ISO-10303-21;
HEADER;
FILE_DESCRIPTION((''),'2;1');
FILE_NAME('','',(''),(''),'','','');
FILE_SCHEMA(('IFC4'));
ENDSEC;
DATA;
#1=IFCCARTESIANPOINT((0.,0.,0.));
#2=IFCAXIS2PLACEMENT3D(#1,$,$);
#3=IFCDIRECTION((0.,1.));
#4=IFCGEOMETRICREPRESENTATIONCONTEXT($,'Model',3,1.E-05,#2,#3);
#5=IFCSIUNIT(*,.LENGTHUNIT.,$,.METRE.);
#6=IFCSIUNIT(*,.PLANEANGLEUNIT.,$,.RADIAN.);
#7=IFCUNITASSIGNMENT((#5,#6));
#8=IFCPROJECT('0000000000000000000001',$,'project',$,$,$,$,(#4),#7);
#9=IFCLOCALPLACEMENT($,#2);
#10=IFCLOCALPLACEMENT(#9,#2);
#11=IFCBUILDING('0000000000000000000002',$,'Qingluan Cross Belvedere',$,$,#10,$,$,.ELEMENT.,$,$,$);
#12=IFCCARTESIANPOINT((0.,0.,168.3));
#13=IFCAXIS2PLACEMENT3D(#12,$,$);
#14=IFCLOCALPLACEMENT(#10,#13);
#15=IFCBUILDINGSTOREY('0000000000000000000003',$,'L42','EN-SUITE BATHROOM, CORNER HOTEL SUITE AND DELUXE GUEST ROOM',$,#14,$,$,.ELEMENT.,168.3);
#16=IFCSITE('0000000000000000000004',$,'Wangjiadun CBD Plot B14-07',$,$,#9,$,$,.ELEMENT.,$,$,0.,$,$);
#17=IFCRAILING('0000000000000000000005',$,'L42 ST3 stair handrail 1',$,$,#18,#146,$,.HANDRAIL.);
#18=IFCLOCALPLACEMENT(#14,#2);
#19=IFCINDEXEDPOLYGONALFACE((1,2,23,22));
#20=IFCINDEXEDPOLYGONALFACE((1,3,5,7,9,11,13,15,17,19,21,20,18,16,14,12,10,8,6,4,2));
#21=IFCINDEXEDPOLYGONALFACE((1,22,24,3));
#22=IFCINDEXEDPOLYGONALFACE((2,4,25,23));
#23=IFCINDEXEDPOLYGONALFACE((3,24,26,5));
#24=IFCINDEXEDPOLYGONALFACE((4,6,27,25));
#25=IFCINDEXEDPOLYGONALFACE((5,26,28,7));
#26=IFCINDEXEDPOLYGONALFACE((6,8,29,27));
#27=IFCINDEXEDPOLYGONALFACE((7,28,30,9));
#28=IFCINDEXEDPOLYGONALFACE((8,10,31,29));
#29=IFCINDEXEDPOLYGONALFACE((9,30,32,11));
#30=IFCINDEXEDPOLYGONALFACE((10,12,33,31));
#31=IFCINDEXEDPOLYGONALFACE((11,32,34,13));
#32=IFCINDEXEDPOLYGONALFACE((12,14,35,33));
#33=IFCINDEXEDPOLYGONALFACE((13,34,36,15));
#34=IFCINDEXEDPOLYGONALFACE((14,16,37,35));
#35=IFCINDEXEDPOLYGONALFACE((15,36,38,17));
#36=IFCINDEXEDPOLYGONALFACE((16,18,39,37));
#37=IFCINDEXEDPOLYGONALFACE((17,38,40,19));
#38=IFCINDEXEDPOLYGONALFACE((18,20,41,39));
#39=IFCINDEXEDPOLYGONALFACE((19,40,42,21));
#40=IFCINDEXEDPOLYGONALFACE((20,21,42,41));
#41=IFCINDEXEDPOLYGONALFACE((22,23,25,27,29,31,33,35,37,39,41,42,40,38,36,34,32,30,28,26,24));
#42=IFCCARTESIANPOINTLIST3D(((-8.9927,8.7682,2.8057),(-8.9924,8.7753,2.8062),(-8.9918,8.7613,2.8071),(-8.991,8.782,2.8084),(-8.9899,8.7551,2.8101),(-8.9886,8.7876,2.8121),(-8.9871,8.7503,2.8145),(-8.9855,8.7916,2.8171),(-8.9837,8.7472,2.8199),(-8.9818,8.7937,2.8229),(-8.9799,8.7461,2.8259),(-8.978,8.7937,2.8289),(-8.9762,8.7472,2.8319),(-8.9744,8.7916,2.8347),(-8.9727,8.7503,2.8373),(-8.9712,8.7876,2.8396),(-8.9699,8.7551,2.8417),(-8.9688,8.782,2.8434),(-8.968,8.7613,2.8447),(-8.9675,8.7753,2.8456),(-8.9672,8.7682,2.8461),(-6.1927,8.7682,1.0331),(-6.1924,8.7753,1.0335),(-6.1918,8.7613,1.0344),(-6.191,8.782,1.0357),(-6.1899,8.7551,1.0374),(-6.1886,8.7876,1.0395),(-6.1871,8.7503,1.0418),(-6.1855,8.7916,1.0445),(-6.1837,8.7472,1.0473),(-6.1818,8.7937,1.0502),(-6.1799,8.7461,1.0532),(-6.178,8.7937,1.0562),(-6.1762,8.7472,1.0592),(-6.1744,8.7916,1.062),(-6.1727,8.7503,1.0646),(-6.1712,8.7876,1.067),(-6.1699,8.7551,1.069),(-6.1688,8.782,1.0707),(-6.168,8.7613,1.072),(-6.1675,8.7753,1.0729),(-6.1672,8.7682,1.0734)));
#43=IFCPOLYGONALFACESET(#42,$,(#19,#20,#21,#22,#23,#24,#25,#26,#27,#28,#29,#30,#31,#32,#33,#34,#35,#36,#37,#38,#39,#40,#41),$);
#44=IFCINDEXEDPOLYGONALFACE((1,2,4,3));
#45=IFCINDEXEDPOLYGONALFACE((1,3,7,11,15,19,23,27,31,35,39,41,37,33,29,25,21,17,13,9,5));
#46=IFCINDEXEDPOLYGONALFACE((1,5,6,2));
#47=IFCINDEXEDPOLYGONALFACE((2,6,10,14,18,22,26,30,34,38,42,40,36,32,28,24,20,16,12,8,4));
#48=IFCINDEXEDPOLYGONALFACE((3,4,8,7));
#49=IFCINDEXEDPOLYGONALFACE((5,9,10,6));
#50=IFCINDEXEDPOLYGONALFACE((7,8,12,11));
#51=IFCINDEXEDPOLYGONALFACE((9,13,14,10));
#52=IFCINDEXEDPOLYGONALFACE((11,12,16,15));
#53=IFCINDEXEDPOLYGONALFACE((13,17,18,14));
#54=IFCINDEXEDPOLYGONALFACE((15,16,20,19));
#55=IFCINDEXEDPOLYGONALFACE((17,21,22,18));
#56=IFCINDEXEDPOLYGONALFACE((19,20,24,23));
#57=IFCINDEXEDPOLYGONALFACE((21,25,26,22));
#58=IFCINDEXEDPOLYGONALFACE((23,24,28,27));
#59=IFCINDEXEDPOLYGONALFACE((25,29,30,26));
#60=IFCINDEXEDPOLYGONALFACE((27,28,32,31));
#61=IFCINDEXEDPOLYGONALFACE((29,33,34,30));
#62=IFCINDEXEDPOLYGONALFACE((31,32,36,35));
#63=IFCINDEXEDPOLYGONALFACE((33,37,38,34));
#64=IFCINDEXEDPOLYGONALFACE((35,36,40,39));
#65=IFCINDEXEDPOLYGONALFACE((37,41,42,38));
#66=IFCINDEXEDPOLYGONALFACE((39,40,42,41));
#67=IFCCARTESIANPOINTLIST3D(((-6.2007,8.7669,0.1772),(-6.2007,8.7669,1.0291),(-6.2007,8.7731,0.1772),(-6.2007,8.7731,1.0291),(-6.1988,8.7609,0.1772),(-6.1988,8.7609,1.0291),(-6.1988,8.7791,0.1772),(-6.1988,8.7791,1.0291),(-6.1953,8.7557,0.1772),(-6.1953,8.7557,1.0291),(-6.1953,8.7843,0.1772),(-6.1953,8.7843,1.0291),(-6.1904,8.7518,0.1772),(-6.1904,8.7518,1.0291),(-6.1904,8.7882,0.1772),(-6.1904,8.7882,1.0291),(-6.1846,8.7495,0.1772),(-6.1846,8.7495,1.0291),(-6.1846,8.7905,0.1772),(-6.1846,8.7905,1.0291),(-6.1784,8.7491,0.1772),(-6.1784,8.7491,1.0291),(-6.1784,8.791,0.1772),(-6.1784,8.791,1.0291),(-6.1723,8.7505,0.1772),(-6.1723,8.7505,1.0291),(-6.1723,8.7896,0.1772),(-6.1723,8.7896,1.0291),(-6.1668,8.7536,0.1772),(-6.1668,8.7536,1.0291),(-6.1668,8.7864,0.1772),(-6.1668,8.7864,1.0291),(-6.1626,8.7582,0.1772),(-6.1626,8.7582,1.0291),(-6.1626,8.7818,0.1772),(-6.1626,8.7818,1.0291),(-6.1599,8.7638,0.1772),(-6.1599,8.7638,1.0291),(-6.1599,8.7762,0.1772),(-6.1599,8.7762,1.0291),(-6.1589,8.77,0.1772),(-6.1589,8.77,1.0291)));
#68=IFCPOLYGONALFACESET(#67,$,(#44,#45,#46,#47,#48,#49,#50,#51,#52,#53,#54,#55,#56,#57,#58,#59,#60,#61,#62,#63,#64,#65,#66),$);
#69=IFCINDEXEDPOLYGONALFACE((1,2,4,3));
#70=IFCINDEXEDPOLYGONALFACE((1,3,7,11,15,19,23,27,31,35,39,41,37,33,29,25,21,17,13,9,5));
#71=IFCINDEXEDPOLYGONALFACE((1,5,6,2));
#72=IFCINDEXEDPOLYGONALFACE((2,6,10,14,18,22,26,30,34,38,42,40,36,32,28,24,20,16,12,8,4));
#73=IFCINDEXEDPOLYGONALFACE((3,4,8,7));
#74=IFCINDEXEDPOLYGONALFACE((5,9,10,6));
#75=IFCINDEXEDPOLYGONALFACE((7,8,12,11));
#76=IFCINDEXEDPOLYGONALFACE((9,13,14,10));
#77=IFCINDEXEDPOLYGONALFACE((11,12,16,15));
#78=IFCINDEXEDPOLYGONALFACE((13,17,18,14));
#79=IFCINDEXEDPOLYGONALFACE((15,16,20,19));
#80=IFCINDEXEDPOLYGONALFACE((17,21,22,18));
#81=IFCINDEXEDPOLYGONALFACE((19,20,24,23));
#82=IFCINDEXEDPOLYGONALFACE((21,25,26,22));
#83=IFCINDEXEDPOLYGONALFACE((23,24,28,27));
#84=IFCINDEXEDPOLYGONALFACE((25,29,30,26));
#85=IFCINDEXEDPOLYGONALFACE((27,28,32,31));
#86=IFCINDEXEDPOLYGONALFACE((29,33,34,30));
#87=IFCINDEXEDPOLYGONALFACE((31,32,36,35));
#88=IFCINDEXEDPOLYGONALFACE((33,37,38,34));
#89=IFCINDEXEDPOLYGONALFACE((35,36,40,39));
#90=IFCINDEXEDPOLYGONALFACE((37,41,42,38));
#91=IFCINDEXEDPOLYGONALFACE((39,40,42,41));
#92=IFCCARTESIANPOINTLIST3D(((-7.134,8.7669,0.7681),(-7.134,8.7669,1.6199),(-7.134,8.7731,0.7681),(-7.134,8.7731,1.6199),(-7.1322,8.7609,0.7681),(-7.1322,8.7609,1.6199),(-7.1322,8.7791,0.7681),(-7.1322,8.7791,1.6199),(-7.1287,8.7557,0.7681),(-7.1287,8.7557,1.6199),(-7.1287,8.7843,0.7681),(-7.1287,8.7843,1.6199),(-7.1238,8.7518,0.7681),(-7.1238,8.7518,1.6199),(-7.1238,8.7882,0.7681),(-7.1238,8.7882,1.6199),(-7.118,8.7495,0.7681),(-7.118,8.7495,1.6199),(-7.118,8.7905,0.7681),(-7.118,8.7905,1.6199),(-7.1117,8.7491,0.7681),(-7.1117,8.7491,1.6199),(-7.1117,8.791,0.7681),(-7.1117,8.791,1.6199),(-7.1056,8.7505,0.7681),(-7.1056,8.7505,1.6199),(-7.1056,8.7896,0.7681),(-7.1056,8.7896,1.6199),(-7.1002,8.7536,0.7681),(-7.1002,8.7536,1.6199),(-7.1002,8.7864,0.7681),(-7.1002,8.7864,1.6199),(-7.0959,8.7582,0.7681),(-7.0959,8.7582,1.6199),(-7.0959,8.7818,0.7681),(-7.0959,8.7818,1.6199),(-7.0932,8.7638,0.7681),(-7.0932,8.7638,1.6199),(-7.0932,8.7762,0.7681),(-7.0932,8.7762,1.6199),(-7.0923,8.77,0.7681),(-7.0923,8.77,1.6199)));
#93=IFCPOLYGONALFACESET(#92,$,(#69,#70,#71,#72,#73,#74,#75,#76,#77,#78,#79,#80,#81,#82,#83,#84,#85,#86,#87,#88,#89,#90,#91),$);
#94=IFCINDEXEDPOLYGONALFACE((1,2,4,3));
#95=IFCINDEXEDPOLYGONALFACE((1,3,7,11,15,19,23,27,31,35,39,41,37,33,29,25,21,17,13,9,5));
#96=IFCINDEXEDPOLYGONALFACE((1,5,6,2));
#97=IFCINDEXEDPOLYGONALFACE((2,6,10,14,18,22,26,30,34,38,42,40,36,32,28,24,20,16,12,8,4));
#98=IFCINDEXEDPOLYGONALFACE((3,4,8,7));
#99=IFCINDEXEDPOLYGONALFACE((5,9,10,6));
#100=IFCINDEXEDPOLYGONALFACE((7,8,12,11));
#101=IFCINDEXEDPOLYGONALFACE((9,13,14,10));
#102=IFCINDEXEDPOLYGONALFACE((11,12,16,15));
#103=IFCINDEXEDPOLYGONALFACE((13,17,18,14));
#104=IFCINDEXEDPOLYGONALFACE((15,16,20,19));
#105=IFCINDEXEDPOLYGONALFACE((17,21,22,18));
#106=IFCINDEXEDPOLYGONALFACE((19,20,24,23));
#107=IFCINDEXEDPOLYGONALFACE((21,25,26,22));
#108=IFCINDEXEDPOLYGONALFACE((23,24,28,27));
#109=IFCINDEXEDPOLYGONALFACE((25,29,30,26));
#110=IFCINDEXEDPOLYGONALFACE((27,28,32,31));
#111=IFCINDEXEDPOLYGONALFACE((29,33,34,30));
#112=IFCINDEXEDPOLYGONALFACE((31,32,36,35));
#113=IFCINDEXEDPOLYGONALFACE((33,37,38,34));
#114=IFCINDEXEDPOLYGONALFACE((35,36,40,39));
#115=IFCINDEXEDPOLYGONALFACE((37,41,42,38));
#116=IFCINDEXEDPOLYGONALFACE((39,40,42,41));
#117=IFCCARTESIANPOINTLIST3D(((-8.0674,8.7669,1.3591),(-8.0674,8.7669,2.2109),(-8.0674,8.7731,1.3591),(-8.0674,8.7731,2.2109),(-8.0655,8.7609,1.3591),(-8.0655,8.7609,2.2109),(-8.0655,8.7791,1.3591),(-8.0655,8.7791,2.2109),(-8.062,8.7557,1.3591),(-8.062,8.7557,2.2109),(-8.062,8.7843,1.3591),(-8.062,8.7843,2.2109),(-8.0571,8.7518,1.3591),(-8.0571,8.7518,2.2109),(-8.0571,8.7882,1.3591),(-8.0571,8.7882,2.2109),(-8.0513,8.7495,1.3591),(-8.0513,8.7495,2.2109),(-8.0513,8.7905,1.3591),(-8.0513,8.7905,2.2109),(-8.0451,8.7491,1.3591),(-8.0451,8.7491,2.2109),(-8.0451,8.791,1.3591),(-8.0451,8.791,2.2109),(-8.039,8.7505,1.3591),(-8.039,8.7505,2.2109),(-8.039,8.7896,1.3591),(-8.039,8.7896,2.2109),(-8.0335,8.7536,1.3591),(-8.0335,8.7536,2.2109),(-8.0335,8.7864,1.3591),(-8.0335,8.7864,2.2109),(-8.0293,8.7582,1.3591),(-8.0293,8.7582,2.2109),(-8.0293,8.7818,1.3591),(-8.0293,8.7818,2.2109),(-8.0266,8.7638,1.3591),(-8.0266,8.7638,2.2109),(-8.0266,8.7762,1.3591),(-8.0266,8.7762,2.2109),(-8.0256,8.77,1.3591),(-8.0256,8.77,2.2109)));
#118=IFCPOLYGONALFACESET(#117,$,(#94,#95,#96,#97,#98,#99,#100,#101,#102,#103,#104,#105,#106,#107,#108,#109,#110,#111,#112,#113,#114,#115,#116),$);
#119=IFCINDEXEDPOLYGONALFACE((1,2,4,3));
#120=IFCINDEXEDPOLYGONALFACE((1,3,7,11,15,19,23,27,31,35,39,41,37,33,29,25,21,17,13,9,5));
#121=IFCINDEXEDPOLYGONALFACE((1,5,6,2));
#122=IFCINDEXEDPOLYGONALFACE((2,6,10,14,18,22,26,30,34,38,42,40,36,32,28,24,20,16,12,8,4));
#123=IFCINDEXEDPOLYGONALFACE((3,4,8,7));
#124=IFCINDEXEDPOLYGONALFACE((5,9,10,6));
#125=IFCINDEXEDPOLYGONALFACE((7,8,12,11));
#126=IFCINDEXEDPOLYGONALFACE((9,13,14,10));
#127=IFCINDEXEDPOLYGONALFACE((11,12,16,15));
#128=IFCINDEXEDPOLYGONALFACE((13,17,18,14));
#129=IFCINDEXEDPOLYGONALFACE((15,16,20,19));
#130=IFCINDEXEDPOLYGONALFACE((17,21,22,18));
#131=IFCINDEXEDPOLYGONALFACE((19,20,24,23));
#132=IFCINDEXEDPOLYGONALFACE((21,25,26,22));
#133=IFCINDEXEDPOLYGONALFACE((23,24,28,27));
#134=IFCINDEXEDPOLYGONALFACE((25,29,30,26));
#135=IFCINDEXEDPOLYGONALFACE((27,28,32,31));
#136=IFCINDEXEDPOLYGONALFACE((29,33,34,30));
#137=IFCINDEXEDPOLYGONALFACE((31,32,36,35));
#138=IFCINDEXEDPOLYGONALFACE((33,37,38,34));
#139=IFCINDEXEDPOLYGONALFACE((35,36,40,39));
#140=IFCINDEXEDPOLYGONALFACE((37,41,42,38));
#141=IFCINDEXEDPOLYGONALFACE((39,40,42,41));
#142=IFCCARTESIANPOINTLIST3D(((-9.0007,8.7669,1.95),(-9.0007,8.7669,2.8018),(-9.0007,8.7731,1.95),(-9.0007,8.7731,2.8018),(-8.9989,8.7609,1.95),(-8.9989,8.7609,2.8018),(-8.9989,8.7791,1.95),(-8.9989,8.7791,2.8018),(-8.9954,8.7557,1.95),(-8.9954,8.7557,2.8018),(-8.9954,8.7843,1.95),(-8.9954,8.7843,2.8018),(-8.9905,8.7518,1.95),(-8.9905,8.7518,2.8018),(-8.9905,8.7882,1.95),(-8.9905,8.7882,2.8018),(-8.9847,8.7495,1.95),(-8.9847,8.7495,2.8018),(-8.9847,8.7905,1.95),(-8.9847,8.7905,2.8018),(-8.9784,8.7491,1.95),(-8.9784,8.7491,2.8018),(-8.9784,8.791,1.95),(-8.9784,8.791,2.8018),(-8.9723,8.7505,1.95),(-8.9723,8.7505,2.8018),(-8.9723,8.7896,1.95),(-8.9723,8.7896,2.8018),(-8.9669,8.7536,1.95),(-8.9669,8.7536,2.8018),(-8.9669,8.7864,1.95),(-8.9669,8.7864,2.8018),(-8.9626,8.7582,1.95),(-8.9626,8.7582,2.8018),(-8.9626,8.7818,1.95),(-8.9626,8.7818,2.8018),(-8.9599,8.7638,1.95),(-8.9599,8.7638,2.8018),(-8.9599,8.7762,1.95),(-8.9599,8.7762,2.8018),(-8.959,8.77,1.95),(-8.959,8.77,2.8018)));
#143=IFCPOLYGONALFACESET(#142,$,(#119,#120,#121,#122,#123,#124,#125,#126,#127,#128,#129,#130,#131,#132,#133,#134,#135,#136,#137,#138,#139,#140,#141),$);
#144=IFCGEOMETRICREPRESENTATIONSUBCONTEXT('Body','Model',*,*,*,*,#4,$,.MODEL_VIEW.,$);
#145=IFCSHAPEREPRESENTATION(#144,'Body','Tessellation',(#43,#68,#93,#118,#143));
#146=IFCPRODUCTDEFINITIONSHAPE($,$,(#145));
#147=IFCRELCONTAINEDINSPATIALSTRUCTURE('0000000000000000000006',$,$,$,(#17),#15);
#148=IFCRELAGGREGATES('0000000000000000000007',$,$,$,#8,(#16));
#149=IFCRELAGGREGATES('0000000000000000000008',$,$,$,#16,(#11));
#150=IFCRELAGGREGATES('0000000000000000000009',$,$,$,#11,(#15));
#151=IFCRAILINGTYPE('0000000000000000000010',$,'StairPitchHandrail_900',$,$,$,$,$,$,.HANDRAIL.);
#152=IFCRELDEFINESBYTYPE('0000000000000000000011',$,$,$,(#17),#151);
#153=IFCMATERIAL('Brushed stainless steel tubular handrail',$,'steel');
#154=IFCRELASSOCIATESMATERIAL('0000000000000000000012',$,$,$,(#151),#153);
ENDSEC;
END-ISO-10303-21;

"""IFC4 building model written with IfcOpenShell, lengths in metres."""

from ifc_helpers import new_model, si_unit, direction, frame, origin, origin_2d, place, context, subcontext, project, spatial, circle, extrude, material, type_object, element, save


model = new_model("IFC4")

# Units and contexts
model_context = context("Model", 3, precision=1e-05, world=origin(), true_north=direction((0.0, 1.0)))
body_context = subcontext(model_context, "Body", "Model", "MODEL_VIEW")
ifc_project = project(units=[si_unit("LENGTHUNIT", "METRE"), si_unit("PLANEANGLEUNIT", "RADIAN")], contexts=[model_context])

# Site, building, storey
site_placement = place(None, origin())
site = spatial("IfcSite", under=ifc_project, at=site_placement, Name="Wangjiadun CBD Plot B14-07", CompositionType="ELEMENT", RefElevation=0.0)
building_placement = place(site_placement, origin())
building = spatial("IfcBuilding", under=site, at=building_placement, Name="Qingluan Cross Belvedere", CompositionType="ELEMENT")
storey_placement = place(building_placement, frame((0.0, 0.0, 168.3)))
storey = spatial("IfcBuildingStorey", under=building, at=storey_placement, Name="L42", Description="EN-SUITE BATHROOM, CORNER HOTEL SUITE AND DELUXE GUEST ROOM", CompositionType="ELEMENT", Elevation=168.3)

# Railing
ifc_material_1 = material(Name="Brushed stainless steel tubular handrail", Category="steel")
railing_type_1 = type_object("IfcRailingType", Name="StairPitchHandrail_900", PredefinedType="HANDRAIL", material=ifc_material_1)
railing_1_placement = place(storey_placement, frame((-6.1799, 8.77, 0.1772)))
element("IfcRailing", 1, at=railing_1_placement, inside=storey, type_object=railing_type_1, Name="L42 ST3 stair handrail 1", PredefinedType="HANDRAIL", context=body_context, shape_type="SweptSolid", body=[
    extrude(circle(Radius=0.0239, at=origin_2d()), frame((0.0, 0.0, 0.876), z_axis=(-0.844909, 0.0, 0.53491), x_axis=(0.0, -1.0, 0.0)), (0.0, 0.0, 1.0), 3.314),
    extrude(circle(Radius=0.021, at=origin_2d()), origin(), (0.0, 0.0, 1.0), 0.8518),
    extrude(circle(Radius=0.021, at=origin_2d()), frame((-0.9333, 0.0, 0.5908)), (0.0, 0.0, 1.0), 0.8518),
    extrude(circle(Radius=0.021, at=origin_2d()), frame((-1.8667, 0.0, 1.1819)), (0.0, 0.0, 1.0), 0.8518),
    extrude(circle(Radius=0.021, at=origin_2d()), frame((-2.8, 0.0, 1.7727)), (0.0, 0.0, 1.0), 0.8518),
])

save(model, "model.ifc")
